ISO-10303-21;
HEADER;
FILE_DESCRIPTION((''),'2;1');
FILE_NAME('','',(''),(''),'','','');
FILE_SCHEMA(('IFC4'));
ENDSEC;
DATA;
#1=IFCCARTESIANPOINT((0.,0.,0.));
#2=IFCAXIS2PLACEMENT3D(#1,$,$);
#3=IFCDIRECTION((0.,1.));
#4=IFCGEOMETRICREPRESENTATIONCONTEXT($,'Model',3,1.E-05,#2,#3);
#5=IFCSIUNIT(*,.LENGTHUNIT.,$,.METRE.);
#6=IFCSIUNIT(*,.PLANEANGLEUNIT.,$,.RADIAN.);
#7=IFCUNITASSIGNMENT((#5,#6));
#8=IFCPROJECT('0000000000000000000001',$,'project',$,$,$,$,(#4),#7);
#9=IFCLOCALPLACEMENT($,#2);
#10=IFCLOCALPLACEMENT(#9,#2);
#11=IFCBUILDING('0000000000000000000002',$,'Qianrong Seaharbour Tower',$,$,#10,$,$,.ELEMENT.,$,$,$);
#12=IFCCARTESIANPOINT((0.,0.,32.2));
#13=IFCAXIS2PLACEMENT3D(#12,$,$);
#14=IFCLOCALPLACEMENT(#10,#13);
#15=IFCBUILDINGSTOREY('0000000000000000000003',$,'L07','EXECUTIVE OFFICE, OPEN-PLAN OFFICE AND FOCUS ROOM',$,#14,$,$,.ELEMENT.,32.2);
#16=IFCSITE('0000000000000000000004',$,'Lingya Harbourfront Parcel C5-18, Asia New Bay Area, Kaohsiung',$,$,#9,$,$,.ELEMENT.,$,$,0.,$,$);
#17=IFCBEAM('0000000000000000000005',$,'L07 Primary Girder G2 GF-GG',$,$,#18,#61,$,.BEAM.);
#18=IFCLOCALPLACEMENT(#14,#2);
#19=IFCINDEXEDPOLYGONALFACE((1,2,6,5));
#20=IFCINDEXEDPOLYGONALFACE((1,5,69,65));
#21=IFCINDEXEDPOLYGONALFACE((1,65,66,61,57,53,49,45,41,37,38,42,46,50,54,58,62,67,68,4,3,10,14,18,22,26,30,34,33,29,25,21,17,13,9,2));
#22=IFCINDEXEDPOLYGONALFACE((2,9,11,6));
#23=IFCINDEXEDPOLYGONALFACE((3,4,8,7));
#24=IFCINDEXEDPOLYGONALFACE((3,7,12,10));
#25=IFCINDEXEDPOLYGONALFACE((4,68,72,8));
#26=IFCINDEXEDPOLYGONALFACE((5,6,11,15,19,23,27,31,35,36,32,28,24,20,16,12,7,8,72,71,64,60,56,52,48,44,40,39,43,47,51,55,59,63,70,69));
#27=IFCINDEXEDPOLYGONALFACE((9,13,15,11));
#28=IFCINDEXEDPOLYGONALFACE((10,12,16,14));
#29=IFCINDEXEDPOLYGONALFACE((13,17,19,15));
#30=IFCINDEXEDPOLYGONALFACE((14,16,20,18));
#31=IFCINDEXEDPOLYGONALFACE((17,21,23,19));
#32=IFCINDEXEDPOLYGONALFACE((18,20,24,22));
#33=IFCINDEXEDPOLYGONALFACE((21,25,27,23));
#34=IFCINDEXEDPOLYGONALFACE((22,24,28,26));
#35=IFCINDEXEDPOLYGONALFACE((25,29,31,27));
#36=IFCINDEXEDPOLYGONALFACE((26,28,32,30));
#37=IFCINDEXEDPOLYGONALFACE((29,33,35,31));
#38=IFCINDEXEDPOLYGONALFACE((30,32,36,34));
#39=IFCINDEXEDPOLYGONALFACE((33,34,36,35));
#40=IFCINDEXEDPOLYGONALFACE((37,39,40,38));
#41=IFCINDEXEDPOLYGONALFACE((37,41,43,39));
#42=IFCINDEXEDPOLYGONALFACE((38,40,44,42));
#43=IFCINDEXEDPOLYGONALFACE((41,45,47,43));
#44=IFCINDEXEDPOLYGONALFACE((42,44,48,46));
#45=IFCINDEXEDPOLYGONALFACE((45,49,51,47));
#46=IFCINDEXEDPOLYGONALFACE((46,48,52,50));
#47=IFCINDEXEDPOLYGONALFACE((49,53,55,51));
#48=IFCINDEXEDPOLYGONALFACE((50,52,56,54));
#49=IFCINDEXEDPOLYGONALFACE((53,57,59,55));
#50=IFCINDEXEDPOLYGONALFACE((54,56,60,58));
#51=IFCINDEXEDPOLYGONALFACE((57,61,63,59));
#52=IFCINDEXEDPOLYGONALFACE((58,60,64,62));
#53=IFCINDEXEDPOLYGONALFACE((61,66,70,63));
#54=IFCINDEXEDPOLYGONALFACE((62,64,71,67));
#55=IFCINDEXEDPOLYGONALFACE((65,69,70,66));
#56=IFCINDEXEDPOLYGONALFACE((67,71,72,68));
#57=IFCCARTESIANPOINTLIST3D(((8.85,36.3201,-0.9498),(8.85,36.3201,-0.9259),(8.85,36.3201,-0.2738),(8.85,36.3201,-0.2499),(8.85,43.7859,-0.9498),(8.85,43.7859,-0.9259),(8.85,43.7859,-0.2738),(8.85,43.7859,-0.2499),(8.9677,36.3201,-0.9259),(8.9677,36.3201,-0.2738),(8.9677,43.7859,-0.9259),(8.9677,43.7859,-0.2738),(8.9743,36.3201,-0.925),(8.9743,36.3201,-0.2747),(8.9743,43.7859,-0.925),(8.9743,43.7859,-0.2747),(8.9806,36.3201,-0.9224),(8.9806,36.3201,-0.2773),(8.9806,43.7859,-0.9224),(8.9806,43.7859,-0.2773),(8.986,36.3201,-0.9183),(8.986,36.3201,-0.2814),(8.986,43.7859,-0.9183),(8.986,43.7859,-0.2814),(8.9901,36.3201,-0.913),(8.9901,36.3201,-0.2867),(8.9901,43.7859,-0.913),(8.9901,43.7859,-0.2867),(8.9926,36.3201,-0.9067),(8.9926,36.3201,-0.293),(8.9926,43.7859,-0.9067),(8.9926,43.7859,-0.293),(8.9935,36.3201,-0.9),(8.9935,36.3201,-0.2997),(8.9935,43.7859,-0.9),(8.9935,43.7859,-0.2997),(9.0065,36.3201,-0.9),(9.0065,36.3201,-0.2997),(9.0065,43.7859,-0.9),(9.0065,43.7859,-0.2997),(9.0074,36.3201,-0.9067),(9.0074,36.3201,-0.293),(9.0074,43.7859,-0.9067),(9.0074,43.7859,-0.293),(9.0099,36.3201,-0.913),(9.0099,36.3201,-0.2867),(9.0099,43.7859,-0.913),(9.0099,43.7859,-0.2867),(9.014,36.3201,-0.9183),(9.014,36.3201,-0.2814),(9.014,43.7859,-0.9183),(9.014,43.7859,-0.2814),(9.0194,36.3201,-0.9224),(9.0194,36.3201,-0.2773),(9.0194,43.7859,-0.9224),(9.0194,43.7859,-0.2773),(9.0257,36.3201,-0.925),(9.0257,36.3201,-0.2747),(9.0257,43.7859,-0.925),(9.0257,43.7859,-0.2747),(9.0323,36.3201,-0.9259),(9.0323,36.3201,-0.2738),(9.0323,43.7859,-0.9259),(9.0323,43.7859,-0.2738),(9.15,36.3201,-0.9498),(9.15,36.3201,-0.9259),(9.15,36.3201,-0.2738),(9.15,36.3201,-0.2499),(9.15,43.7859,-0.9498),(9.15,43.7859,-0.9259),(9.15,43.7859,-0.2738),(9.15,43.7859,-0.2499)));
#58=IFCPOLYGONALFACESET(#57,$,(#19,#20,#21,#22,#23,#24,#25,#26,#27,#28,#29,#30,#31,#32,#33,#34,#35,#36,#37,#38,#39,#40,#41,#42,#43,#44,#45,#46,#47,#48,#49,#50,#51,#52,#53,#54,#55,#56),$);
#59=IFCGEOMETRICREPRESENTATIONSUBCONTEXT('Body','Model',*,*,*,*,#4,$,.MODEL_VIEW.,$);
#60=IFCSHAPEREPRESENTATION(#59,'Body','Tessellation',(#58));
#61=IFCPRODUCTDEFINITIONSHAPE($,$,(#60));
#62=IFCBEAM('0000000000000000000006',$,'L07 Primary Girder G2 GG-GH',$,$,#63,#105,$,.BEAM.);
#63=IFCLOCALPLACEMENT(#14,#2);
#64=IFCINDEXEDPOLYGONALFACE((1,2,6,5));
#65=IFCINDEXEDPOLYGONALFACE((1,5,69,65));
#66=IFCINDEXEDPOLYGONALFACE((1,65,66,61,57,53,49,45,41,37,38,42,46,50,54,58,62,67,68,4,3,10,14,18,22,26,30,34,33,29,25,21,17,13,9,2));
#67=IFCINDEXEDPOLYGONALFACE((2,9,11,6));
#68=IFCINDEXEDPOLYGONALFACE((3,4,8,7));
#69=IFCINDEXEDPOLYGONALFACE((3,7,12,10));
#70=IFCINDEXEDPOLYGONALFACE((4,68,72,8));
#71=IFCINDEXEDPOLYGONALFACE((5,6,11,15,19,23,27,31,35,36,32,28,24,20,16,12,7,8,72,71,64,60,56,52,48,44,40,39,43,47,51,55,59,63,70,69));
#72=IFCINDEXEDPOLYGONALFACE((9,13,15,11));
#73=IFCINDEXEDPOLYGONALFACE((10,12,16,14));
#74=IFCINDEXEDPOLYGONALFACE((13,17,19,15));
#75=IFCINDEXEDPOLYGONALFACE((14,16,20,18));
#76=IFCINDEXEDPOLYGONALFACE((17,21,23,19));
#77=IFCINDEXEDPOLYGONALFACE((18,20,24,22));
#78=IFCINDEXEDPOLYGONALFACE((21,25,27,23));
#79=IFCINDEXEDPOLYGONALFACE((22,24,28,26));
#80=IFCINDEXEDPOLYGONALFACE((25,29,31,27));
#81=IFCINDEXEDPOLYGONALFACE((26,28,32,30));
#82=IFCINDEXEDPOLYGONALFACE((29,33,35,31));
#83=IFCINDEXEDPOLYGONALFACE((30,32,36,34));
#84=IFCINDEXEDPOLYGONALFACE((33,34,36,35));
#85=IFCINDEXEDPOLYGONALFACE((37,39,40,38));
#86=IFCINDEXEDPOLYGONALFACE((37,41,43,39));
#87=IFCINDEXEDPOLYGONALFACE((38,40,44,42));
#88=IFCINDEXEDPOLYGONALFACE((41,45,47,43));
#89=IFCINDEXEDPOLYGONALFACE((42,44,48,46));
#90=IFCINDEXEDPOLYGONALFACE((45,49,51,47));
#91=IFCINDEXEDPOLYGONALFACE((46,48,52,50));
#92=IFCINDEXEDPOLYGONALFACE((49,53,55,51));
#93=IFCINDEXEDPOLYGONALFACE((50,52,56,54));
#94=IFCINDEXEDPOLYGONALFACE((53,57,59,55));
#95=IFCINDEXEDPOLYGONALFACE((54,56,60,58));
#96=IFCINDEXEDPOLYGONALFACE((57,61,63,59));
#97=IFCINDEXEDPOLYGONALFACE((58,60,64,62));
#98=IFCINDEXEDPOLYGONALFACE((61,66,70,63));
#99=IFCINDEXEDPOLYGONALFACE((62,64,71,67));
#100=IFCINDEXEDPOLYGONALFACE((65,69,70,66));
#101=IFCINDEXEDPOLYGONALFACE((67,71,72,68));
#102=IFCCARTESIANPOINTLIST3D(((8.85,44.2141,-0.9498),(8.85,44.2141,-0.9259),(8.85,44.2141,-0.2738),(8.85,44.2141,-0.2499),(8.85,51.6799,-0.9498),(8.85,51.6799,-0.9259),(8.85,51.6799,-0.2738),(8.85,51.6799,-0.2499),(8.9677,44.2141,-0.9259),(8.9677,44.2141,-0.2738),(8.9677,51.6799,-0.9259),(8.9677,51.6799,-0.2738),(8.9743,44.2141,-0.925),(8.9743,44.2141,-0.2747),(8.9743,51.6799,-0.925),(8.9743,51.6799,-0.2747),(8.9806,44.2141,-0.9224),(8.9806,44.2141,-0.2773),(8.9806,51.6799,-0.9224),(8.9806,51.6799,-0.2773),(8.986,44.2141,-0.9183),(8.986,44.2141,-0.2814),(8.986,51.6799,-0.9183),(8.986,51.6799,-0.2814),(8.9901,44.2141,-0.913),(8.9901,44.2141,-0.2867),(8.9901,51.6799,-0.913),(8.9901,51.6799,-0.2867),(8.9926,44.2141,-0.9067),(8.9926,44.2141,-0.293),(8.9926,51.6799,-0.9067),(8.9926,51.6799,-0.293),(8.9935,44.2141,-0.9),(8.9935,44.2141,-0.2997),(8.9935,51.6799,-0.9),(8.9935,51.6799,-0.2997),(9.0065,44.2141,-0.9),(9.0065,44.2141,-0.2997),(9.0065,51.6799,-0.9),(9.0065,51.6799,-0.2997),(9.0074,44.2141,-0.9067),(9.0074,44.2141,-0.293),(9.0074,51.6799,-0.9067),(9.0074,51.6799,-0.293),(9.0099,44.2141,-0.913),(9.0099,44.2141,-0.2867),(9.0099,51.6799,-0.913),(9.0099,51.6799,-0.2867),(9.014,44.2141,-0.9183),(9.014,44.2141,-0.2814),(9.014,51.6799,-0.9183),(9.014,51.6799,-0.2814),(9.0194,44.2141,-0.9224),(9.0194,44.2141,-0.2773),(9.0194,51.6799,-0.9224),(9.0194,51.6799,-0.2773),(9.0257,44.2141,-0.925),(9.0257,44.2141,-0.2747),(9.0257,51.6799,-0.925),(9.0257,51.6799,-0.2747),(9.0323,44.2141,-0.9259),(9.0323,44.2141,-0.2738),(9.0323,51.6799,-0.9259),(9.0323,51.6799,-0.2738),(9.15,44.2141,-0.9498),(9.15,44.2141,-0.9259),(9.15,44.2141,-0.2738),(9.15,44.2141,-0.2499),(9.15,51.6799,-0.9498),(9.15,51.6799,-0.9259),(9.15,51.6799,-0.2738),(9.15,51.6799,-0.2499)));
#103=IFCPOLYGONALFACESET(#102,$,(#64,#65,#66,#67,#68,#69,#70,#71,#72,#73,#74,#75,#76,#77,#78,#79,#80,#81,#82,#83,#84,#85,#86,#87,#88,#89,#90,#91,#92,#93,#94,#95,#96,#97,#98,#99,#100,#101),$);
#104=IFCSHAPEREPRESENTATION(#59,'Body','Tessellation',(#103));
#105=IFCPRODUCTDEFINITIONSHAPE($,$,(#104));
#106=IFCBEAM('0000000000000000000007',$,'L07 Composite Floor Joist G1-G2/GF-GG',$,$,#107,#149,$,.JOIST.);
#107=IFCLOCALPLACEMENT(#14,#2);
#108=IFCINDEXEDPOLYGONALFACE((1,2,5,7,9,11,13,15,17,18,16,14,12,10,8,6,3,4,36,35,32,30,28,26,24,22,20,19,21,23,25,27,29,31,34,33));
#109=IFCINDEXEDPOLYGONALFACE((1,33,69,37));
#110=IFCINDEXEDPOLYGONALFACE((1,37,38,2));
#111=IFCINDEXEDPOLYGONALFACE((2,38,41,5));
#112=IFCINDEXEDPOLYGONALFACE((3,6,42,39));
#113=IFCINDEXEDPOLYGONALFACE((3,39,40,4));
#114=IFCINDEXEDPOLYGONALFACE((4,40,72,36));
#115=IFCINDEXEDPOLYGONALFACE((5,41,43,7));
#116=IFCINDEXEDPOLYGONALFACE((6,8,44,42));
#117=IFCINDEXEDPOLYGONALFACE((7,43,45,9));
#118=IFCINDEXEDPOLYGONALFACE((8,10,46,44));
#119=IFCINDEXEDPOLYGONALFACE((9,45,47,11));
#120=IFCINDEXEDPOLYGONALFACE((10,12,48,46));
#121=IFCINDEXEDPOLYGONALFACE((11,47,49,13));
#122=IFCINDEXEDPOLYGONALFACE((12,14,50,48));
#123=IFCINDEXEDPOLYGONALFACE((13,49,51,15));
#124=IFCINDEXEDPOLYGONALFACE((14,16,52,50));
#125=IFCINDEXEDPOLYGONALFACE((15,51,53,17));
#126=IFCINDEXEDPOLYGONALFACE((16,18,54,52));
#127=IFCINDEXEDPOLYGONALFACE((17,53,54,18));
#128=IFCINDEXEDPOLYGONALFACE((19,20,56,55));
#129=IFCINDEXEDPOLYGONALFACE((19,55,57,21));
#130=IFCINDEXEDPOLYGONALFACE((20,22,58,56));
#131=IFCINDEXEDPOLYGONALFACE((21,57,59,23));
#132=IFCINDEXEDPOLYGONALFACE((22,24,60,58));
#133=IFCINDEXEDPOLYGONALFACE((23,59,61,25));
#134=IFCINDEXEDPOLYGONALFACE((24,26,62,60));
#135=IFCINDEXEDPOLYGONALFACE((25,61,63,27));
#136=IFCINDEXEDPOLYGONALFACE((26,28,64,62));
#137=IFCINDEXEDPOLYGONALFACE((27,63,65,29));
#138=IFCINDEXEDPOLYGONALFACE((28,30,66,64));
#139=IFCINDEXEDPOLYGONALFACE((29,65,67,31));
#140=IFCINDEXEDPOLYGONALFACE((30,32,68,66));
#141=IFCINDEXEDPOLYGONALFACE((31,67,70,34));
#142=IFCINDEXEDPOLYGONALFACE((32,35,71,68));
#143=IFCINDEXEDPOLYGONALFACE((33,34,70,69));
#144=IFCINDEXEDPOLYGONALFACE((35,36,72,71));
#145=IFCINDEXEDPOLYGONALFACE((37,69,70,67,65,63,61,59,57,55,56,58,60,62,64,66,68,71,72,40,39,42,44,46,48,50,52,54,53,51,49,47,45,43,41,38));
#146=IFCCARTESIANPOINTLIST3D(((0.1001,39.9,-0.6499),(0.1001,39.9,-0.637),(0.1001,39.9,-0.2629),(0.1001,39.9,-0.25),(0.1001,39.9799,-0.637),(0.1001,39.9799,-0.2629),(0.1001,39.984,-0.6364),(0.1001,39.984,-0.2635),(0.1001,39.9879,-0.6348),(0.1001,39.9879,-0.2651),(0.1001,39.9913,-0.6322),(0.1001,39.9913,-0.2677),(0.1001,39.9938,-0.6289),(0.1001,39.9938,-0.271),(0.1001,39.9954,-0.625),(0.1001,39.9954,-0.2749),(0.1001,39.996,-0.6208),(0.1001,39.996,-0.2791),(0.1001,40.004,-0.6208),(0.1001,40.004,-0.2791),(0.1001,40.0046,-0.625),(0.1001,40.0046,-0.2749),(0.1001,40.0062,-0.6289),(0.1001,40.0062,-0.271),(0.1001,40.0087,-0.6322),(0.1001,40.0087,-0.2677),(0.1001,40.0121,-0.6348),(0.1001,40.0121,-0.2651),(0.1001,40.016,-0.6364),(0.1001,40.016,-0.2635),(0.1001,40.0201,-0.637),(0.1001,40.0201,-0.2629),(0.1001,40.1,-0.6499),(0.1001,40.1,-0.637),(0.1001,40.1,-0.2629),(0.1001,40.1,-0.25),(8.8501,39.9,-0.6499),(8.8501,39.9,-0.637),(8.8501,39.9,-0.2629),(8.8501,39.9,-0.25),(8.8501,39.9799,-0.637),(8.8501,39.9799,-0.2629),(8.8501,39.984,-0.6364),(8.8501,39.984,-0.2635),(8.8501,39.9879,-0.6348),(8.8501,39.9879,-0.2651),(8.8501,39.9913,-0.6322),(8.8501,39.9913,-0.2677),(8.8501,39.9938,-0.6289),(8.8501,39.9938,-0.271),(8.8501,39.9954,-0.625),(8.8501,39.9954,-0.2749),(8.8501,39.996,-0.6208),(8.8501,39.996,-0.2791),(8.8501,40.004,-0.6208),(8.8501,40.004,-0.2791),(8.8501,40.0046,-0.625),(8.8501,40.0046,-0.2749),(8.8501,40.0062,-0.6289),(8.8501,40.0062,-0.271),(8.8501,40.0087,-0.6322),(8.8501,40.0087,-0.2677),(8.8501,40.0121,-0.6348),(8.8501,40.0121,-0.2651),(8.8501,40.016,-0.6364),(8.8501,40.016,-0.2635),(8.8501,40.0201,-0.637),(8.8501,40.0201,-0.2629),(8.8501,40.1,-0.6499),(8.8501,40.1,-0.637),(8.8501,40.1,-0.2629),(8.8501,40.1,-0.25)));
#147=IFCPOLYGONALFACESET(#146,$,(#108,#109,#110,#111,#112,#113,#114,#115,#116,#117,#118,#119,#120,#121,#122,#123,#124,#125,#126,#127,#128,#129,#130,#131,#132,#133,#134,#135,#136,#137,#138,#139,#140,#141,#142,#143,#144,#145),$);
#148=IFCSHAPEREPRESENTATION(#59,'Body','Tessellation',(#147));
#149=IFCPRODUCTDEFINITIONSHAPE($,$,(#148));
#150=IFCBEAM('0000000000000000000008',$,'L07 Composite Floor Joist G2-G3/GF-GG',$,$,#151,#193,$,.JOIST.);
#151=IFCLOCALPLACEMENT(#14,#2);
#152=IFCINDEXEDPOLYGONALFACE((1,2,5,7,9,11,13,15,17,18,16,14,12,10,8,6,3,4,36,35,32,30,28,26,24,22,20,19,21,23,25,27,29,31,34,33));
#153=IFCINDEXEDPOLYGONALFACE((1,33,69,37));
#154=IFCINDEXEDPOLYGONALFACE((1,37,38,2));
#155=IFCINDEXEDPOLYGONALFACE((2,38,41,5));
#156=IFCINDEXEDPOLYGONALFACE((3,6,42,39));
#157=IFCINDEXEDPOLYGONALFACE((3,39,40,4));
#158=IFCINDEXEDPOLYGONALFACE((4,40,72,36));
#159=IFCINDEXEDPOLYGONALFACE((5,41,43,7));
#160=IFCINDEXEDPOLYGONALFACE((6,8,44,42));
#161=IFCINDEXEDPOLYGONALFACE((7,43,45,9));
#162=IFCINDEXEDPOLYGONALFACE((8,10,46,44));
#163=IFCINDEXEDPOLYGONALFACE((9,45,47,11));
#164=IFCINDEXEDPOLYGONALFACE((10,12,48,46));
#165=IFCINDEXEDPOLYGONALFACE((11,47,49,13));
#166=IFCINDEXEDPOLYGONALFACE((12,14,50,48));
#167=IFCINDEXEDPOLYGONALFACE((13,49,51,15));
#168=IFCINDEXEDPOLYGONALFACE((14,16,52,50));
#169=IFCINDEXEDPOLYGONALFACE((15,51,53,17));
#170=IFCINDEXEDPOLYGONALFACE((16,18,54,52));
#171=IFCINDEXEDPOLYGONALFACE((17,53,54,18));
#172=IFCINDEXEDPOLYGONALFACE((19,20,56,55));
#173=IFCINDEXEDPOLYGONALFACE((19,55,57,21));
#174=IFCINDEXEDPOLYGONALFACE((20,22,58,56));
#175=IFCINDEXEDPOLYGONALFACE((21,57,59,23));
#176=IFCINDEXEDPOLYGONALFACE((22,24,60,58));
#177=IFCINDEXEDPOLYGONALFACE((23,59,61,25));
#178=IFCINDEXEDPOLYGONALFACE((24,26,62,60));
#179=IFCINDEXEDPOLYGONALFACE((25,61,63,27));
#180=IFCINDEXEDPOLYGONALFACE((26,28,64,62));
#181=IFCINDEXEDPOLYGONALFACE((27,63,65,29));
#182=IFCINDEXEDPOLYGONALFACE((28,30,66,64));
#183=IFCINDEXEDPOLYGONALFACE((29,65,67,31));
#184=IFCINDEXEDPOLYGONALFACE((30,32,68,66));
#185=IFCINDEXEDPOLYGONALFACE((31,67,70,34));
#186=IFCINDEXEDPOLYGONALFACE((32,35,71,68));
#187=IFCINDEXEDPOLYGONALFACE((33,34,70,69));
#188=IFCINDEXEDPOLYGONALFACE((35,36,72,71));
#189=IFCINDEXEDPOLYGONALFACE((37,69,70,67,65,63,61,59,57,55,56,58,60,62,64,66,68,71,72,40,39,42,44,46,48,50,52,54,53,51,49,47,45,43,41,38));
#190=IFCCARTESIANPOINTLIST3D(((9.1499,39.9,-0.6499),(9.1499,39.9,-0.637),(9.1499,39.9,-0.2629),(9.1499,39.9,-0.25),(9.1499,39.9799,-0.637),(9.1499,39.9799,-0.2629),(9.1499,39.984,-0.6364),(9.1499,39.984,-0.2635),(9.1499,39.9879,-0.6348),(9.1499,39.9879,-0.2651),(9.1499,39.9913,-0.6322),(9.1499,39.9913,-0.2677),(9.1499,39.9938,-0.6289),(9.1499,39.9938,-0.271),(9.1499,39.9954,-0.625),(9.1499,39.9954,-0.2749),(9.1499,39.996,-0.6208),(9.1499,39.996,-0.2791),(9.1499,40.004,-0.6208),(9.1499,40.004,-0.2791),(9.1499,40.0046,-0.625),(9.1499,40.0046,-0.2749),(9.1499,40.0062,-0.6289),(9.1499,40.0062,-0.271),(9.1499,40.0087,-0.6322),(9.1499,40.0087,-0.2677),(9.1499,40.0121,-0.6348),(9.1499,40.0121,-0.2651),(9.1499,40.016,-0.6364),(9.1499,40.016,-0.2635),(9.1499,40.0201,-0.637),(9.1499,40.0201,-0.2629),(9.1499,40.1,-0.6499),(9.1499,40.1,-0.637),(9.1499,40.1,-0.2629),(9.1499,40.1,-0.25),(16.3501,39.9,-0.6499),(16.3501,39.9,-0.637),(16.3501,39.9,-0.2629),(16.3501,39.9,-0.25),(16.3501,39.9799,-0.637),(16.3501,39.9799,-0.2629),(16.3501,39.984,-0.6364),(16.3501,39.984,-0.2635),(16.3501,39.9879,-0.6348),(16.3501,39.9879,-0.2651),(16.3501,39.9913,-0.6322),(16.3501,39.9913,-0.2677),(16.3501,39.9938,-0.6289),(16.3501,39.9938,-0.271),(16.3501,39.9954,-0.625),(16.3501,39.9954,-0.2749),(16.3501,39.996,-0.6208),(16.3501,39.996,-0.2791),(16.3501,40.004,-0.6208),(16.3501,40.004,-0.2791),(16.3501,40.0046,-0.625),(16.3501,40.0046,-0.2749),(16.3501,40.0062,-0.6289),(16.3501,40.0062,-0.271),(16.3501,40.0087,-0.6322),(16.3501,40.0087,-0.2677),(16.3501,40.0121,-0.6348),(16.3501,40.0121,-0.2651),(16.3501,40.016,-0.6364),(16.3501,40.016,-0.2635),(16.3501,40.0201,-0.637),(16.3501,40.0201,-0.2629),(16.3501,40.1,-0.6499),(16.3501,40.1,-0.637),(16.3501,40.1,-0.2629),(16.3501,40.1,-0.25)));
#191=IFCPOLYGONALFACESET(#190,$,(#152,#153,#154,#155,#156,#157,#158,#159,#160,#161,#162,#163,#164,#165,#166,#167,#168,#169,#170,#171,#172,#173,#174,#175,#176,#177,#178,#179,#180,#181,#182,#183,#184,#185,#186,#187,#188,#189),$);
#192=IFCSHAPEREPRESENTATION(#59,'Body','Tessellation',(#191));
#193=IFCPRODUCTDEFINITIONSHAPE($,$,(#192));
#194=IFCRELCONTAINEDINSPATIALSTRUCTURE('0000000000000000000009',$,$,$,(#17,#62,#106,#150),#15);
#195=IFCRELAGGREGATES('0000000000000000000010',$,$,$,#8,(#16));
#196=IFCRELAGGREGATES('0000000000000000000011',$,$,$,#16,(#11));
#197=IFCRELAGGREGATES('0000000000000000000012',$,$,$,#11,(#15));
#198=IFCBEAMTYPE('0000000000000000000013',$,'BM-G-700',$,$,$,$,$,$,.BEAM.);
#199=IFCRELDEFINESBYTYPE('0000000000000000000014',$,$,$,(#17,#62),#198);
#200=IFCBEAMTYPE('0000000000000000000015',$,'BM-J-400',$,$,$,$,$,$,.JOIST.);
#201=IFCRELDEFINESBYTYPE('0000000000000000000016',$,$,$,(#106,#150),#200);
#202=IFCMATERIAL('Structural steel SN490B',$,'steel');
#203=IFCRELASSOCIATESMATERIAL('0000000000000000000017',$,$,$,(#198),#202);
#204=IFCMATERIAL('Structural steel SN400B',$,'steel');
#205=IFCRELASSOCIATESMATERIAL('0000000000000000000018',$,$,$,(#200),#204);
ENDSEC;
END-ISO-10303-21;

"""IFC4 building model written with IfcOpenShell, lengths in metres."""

from ifc_helpers import new_model, si_unit, direction, frame, origin, origin_2d, place, context, subcontext, project, spatial, i_section, extrude, material, material_profile, profile_set, type_object, element, save


model = new_model("IFC4")

# Units and contexts
model_context = context("Model", 3, precision=1e-05, world=origin(), true_north=direction((0.0, 1.0)))
body_context = subcontext(model_context, "Body", "Model", "MODEL_VIEW")
ifc_project = project(units=[si_unit("LENGTHUNIT", "METRE"), si_unit("PLANEANGLEUNIT", "RADIAN")], contexts=[model_context])

# Site, building, storey
site_placement = place(None, origin())
site = spatial("IfcSite", under=ifc_project, at=site_placement, Name="Lingya Harbourfront Parcel C5-18, Asia New Bay Area, Kaohsiung", CompositionType="ELEMENT", RefElevation=0.0)
building_placement = place(site_placement, origin())
building = spatial("IfcBuilding", under=site, at=building_placement, Name="Qianrong Seaharbour Tower", CompositionType="ELEMENT")
storey_placement = place(building_placement, frame((0.0, 0.0, 32.2)))
storey = spatial("IfcBuildingStorey", under=building, at=storey_placement, Name="L07", Description="EXECUTIVE OFFICE, OPEN-PLAN OFFICE AND FOCUS ROOM", CompositionType="ELEMENT", Elevation=32.2)

# Shared definitions
ifc_material_1 = material(Name="Structural steel SN490B", Category="steel")

# Beams
ifc_material_profile_1 = material_profile(ifc_material_1, i_section(OverallWidth=0.3, OverallDepth=0.7, WebThickness=0.0129, FlangeThickness=0.0239, FilletRadius=0.0259, at=origin_2d()), Name="H700x300x13x24")
ifc_profile_set_1 = profile_set([ifc_material_profile_1], Name="Structural steel SN490B")
beam_type_1 = type_object("IfcBeamType", Name="BM-G-700", PredefinedType="BEAM", material=ifc_profile_set_1)
for number, where, z_axis, x_axis, name in (
    (1, (9.0, 36.3201, -0.5999), (0.0, 1.0, 0.0), (-1.0, 0.0, 0.0), "L07 Primary Girder G2 GF-GG"),
    (2, (9.0, 44.2141, -0.5999), (0.0, 1.0, 0.0), (-1.0, 0.0, 0.0), "L07 Primary Girder G2 GG-GH"),
):
    element("IfcBeam", number, at=place(storey_placement, frame(where, z_axis=z_axis, x_axis=x_axis)), inside=storey, type_object=beam_type_1, Name=name, PredefinedType="BEAM", context=body_context, shape_type="SweptSolid", body=[
        extrude(i_section(OverallWidth=0.3, OverallDepth=0.7, WebThickness=0.0129, FlangeThickness=0.0239, FilletRadius=0.0259, at=origin_2d()), origin(), (0.0, 0.0, 1.0), 7.4658),
    ])
ifc_material_2 = material(Name="Structural steel SN400B", Category="steel")
ifc_material_profile_2 = material_profile(ifc_material_2, i_section(OverallWidth=0.2, OverallDepth=0.3999, WebThickness=0.0081, FlangeThickness=0.0129, FilletRadius=0.0161, at=origin_2d()), Name="H400x200x8x13")
ifc_profile_set_2 = profile_set([ifc_material_profile_2], Name="Structural steel SN400B")
beam_type_2 = type_object("IfcBeamType", Name="BM-J-400", PredefinedType="JOIST", material=ifc_profile_set_2)
beam_1_placement = place(storey_placement, frame((0.1001, 40.0, -0.45), z_axis=(1.0, 0.0, 0.0), x_axis=(0.0, 1.0, 0.0)))
element("IfcBeam", 3, at=beam_1_placement, inside=storey, type_object=beam_type_2, Name="L07 Composite Floor Joist G1-G2/GF-GG", PredefinedType="JOIST", context=body_context, shape_type="SweptSolid", body=[
    extrude(i_section(OverallWidth=0.2, OverallDepth=0.3999, WebThickness=0.0081, FlangeThickness=0.0129, FilletRadius=0.0161, at=origin_2d()), origin(), (0.0, 0.0, 1.0), 8.75),
])
for number, where, z_axis, x_axis, name in (
    (4, (9.1499, 40.0, -0.45), (1.0, 0.0, 0.0), (0.0, 1.0, 0.0), "L07 Composite Floor Joist G2-G3/GF-GG"),
):
    element("IfcBeam", number, at=place(storey_placement, frame(where, z_axis=z_axis, x_axis=x_axis)), inside=storey, type_object=beam_type_2, Name=name, PredefinedType="JOIST", context=body_context, shape_type="SweptSolid", body=[
        extrude(i_section(OverallWidth=0.2, OverallDepth=0.3999, WebThickness=0.0081, FlangeThickness=0.0129, FilletRadius=0.0161, at=origin_2d()), origin(), (0.0, 0.0, 1.0), 7.2002),
    ])

save(model, "model.ifc")
